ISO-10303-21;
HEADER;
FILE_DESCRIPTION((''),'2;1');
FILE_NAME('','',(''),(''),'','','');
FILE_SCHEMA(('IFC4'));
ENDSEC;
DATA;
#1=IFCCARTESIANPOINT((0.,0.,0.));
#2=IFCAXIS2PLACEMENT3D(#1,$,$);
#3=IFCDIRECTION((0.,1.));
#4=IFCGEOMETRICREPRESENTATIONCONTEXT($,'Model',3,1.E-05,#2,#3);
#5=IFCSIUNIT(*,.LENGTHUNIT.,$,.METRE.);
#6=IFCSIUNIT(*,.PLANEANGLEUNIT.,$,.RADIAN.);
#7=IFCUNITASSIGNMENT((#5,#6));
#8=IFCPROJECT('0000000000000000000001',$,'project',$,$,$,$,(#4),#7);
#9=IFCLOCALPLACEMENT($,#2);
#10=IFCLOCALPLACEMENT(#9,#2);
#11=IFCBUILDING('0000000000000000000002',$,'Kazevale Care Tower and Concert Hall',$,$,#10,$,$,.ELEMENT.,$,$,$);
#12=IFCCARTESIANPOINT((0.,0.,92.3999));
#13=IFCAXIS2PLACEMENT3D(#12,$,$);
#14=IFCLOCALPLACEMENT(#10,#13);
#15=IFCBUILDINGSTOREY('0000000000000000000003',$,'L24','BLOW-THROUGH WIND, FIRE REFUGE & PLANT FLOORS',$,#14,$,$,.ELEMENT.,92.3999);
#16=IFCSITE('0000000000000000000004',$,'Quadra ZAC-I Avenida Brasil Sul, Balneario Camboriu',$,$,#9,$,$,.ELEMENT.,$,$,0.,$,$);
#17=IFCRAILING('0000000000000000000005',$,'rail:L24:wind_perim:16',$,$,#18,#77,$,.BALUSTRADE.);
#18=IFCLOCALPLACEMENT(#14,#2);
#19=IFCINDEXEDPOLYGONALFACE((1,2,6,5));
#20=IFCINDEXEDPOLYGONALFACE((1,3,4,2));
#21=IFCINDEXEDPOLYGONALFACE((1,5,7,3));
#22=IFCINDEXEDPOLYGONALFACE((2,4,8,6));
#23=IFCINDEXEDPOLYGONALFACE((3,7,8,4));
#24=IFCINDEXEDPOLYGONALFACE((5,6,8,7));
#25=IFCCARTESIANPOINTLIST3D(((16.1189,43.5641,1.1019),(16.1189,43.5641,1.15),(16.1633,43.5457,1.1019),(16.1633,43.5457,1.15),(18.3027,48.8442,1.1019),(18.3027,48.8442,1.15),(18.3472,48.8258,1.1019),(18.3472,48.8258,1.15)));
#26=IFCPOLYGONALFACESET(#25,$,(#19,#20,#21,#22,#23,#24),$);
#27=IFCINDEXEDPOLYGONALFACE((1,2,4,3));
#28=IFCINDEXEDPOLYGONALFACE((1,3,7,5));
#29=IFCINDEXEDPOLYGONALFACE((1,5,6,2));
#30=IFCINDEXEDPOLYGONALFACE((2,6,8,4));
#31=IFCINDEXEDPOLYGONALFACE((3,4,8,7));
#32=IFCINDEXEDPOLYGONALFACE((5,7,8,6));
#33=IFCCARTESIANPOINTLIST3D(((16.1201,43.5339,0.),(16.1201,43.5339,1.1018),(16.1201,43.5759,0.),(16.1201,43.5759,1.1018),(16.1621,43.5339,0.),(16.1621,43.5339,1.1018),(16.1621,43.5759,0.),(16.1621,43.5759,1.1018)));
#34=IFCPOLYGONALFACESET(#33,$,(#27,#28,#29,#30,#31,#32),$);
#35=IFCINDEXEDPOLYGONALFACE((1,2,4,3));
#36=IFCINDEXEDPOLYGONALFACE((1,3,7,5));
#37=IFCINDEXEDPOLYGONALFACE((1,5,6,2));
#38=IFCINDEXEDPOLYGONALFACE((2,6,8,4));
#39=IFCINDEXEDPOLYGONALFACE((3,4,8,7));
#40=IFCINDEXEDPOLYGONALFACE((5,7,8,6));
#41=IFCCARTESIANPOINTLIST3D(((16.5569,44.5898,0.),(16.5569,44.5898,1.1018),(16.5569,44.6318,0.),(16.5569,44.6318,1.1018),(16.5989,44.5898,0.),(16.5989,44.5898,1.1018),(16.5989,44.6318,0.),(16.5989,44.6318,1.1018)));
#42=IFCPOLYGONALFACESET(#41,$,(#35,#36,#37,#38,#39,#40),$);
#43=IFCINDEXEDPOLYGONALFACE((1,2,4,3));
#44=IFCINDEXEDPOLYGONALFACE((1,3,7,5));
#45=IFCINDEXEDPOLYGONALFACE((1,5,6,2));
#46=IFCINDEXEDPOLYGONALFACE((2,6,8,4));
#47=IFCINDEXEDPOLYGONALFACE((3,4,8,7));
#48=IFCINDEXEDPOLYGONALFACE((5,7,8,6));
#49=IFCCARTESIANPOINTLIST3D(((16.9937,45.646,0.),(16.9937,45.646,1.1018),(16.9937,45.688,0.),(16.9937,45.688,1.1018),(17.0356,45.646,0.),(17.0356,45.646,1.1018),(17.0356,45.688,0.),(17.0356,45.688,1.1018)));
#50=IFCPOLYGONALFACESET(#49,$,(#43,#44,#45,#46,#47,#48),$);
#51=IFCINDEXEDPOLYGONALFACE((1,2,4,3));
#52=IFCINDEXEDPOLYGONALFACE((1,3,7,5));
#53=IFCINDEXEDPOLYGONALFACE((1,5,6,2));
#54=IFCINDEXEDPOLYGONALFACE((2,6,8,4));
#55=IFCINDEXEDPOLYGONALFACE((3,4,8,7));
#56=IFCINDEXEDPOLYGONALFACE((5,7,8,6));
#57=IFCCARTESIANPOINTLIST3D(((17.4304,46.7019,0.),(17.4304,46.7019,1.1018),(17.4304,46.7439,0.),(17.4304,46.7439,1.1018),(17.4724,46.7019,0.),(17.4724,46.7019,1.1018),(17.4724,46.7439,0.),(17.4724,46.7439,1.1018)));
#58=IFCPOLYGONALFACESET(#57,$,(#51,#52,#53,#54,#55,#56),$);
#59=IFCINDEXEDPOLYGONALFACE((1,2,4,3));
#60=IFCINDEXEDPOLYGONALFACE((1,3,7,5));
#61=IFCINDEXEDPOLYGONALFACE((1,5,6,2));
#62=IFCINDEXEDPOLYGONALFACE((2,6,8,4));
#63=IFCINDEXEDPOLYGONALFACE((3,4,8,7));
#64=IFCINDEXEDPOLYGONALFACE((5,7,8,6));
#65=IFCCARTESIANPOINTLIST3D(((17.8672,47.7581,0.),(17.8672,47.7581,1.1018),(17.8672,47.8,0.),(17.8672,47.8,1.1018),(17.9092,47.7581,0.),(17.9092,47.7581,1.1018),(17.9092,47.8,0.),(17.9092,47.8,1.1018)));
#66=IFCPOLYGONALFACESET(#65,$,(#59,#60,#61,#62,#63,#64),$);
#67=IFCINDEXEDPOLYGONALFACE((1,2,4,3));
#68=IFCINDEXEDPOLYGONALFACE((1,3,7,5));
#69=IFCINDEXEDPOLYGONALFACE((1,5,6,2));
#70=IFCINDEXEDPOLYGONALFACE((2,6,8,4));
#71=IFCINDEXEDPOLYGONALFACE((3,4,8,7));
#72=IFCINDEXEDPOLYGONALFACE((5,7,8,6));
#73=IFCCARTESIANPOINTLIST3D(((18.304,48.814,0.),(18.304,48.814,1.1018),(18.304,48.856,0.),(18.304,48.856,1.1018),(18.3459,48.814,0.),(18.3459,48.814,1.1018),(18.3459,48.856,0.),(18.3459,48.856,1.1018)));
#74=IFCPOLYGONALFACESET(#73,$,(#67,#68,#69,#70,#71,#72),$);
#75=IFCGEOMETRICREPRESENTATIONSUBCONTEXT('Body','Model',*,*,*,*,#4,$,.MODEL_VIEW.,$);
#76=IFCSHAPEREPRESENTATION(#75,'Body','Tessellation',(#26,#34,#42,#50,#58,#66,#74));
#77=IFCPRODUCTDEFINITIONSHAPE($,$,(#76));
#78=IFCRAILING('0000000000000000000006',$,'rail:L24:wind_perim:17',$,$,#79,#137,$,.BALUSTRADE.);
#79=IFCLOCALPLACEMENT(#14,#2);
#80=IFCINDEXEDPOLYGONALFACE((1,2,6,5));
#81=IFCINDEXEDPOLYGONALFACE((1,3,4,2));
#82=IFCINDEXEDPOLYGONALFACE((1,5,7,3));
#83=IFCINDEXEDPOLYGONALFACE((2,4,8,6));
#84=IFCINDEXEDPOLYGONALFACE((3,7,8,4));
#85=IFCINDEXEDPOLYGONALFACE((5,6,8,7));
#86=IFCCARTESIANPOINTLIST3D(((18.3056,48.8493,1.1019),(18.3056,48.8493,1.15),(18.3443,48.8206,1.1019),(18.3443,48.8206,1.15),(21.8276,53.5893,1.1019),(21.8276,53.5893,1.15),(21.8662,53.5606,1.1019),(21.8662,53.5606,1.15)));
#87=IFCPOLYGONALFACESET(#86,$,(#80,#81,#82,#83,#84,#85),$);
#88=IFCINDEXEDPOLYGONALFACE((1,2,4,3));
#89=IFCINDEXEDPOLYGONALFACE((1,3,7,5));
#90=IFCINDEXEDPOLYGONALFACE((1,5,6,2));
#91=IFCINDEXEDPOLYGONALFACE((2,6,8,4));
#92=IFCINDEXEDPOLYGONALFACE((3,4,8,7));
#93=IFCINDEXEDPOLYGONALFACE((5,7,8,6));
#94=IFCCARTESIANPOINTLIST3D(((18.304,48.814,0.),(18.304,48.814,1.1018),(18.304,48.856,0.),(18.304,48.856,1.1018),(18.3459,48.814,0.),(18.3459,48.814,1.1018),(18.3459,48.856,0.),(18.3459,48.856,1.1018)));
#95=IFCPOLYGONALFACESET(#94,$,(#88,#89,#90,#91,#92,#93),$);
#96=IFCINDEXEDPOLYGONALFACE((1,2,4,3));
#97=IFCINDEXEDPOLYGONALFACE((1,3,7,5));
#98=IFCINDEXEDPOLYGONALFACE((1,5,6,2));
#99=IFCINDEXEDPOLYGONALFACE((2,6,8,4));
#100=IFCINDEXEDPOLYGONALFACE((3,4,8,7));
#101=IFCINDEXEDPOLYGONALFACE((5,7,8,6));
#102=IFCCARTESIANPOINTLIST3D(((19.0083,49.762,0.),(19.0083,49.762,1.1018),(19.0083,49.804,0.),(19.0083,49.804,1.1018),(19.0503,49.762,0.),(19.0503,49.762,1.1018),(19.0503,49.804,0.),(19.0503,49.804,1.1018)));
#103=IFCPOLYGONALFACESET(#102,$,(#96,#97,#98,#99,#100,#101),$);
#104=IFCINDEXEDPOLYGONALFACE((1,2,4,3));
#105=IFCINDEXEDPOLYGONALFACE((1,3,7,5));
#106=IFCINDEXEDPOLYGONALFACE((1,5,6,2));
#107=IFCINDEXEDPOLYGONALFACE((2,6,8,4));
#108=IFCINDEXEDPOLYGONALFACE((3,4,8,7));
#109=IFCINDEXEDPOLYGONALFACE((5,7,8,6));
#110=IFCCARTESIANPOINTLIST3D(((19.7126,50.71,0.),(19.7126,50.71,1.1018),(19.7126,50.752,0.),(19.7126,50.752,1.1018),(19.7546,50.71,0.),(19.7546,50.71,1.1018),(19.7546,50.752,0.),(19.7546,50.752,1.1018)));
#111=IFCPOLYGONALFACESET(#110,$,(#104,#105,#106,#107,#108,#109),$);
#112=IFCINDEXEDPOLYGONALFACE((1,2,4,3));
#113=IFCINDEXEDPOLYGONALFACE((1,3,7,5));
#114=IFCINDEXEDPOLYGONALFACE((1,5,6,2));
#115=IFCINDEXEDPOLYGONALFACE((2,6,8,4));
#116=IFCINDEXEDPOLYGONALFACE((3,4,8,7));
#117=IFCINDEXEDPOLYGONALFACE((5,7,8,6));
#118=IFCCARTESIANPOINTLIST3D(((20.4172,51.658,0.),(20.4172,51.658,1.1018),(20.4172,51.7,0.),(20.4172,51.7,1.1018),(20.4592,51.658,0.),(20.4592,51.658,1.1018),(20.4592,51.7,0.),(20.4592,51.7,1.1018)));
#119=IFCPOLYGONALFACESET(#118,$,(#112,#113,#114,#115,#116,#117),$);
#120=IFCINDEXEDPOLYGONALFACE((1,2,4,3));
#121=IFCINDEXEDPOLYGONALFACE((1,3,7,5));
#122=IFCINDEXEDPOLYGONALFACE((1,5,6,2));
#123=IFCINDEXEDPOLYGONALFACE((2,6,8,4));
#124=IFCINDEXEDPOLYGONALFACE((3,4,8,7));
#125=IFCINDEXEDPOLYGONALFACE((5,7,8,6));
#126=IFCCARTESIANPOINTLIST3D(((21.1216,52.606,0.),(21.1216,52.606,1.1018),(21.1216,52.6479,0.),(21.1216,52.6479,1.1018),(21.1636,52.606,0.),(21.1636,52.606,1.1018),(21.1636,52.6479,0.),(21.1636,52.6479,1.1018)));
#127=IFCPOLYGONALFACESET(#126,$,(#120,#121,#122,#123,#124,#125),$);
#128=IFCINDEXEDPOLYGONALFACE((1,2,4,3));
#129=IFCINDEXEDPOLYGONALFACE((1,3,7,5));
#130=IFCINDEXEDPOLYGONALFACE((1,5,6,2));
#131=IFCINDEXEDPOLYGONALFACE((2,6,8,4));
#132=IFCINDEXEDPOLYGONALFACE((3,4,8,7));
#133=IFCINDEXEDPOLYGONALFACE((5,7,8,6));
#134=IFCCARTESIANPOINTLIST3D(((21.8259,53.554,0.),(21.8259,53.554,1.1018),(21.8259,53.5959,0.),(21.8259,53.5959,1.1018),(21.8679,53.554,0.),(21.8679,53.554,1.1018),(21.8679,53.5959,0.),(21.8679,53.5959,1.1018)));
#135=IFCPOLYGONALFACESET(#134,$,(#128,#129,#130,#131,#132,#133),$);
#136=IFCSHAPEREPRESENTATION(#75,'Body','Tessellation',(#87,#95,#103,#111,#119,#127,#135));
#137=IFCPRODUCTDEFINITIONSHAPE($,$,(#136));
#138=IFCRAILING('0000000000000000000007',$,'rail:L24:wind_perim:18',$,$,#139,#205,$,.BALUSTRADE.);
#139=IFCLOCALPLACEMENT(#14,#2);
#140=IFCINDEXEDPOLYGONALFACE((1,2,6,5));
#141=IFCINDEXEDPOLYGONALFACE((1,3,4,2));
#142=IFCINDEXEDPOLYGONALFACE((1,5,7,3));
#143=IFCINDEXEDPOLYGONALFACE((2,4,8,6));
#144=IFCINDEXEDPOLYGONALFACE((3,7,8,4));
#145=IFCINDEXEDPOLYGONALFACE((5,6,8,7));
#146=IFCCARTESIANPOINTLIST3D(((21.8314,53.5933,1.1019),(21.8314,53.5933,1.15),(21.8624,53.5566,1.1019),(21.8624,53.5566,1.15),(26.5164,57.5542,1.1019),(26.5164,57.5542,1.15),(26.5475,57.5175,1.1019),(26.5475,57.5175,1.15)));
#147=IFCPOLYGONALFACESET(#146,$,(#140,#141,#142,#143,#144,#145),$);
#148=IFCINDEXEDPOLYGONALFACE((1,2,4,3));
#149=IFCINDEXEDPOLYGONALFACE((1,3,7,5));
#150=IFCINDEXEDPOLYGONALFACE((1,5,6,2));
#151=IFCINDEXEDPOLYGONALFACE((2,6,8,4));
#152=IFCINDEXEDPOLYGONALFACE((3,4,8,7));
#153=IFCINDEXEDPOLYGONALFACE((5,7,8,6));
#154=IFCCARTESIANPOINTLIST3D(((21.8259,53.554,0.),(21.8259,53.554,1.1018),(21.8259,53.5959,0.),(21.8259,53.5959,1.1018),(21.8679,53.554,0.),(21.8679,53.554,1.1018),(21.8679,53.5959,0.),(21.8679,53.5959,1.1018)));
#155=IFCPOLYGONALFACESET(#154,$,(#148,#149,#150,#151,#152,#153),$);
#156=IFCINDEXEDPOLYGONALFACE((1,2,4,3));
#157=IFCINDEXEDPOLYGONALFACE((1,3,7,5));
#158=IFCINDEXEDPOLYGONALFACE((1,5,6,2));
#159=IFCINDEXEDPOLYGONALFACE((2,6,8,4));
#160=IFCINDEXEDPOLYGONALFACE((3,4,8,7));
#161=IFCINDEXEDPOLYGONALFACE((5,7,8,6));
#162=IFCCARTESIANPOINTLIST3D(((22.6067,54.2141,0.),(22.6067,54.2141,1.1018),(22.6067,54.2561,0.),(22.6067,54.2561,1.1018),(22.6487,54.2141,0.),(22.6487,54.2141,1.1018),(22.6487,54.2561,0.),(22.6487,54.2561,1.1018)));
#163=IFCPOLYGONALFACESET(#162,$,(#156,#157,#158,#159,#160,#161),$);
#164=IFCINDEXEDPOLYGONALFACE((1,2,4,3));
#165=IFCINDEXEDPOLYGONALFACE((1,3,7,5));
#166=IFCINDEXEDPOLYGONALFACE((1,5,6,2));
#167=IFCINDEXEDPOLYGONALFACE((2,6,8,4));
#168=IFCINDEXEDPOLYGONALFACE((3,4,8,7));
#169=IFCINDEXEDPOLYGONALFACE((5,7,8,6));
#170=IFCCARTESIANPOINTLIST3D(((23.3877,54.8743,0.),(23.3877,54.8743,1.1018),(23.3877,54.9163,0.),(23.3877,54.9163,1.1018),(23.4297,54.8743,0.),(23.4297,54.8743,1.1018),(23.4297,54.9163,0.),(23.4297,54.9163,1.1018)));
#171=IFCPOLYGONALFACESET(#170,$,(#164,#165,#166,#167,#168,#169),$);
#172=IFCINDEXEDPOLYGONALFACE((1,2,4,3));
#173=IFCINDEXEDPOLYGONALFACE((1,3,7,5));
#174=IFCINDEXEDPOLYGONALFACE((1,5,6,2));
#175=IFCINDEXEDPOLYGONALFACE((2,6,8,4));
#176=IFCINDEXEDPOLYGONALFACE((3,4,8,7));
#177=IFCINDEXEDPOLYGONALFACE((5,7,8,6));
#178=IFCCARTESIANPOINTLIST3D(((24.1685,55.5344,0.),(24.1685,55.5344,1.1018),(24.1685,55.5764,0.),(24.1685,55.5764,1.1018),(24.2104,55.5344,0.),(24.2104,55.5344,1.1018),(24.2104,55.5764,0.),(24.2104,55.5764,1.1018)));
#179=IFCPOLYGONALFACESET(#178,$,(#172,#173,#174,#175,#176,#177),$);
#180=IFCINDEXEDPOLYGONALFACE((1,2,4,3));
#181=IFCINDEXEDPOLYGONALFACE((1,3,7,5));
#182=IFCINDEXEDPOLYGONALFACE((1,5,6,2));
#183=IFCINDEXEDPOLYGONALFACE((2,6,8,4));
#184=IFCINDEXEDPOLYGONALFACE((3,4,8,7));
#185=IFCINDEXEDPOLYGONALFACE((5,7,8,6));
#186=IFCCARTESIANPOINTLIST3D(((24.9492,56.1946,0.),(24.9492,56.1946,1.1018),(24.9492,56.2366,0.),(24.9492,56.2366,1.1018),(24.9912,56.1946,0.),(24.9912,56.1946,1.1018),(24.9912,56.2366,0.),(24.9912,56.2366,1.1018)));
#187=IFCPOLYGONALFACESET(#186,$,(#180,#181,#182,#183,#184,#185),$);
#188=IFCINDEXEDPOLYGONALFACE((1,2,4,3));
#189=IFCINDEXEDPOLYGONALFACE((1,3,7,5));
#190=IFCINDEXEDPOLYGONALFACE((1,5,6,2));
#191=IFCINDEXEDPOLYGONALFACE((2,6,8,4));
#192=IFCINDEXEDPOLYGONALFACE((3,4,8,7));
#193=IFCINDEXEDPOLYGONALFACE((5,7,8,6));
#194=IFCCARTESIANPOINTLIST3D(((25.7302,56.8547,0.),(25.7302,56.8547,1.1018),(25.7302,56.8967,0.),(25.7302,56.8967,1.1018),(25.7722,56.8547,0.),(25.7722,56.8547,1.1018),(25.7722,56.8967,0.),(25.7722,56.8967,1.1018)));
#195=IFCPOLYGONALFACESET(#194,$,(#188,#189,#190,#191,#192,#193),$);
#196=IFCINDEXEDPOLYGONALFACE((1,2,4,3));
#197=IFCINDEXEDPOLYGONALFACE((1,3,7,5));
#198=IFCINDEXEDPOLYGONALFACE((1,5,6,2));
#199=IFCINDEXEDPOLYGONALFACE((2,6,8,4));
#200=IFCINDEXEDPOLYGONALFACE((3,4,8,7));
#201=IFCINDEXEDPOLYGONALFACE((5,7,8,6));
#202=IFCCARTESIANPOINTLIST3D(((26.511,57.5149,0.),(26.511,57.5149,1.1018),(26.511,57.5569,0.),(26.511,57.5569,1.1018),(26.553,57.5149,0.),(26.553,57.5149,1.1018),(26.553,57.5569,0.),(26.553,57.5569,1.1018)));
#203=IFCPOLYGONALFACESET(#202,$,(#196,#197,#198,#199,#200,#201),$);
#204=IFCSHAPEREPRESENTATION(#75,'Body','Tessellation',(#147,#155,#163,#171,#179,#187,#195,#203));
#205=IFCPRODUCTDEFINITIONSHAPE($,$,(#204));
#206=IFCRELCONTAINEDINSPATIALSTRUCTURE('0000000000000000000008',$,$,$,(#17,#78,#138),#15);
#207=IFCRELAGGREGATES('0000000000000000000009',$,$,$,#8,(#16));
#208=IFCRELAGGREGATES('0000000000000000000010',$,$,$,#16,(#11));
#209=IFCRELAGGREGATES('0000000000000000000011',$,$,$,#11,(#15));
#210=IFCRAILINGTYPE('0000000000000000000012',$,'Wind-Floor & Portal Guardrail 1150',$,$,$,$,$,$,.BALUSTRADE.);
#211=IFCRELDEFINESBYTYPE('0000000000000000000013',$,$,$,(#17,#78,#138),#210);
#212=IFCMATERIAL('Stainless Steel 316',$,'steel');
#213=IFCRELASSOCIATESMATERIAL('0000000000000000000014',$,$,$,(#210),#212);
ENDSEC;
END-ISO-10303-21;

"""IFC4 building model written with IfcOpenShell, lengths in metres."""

from ifc_helpers import new_model, si_unit, direction, frame, origin, origin_2d, place, context, subcontext, project, spatial, rectangle, extrude, material, type_object, element, save


model = new_model("IFC4")

# Units and contexts
model_context = context("Model", 3, precision=1e-05, world=origin(), true_north=direction((0.0, 1.0)))
body_context = subcontext(model_context, "Body", "Model", "MODEL_VIEW")
ifc_project = project(units=[si_unit("LENGTHUNIT", "METRE"), si_unit("PLANEANGLEUNIT", "RADIAN")], contexts=[model_context])

# Site, building, storey
site_placement = place(None, origin())
site = spatial("IfcSite", under=ifc_project, at=site_placement, Name="Quadra ZAC-I Avenida Brasil Sul, Balneario Camboriu", CompositionType="ELEMENT", RefElevation=0.0)
building_placement = place(site_placement, origin())
building = spatial("IfcBuilding", under=site, at=building_placement, Name="Kazevale Care Tower and Concert Hall", CompositionType="ELEMENT")
storey_placement = place(building_placement, frame((0.0, 0.0, 92.3999)))
storey = spatial("IfcBuildingStorey", under=building, at=storey_placement, Name="L24", Description="BLOW-THROUGH WIND, FIRE REFUGE & PLANT FLOORS", CompositionType="ELEMENT", Elevation=92.3999)

# Railings
ifc_material_1 = material(Name="Stainless Steel 316", Category="steel")
railing_type = type_object("IfcRailingType", Name="Wind-Floor & Portal Guardrail 1150", PredefinedType="BALUSTRADE", material=ifc_material_1)
railing_1_placement = place(storey_placement, frame((16.1411, 43.5549, 0.0)))
element("IfcRailing", 1, at=railing_1_placement, inside=storey, type_object=railing_type, Name="rail:L24:wind_perim:16", PredefinedType="BALUSTRADE", context=body_context, shape_type="SweptSolid", body=[
    extrude(rectangle(XDim=0.0481, YDim=0.0481, at=origin_2d()), frame((0.0, 0.0, 1.126), z_axis=(0.382202, 0.924079, 0.0), x_axis=(-0.924079, 0.382202, 0.0)), (0.0, 0.0, 1.0), 5.7139),
    extrude(rectangle(XDim=0.042, YDim=0.042, at=origin_2d()), origin(), (0.0, 0.0, 1.0), 1.1018),
    extrude(rectangle(XDim=0.042, YDim=0.042, at=origin_2d()), frame((0.4368, 1.0559, 0.0)), (0.0, 0.0, 1.0), 1.1018),
    extrude(rectangle(XDim=0.042, YDim=0.042, at=origin_2d()), frame((0.8735, 2.1121, 0.0)), (0.0, 0.0, 1.0), 1.1018),
    extrude(rectangle(XDim=0.042, YDim=0.042, at=origin_2d()), frame((1.3103, 3.168, 0.0)), (0.0, 0.0, 1.0), 1.1018),
    extrude(rectangle(XDim=0.042, YDim=0.042, at=origin_2d()), frame((1.7471, 4.2241, 0.0)), (0.0, 0.0, 1.0), 1.1018),
    extrude(rectangle(XDim=0.042, YDim=0.042, at=origin_2d()), frame((2.1838, 5.28, 0.0)), (0.0, 0.0, 1.0), 1.1018),
])
railing_2_placement = place(storey_placement, frame((18.325, 48.835, 0.0)))
element("IfcRailing", 2, at=railing_2_placement, inside=storey, type_object=railing_type, Name="rail:L24:wind_perim:17", PredefinedType="BALUSTRADE", context=body_context, shape_type="SweptSolid", body=[
    extrude(rectangle(XDim=0.0481, YDim=0.0481, at=origin_2d()), frame((0.0, 0.0, 1.126), z_axis=(0.596415, 0.802676, 0.0), x_axis=(-0.802676, 0.596415, 0.0)), (0.0, 0.0, 1.0), 5.9053),
    extrude(rectangle(XDim=0.042, YDim=0.042, at=origin_2d()), origin(), (0.0, 0.0, 1.0), 1.1018),
    extrude(rectangle(XDim=0.042, YDim=0.042, at=origin_2d()), frame((0.7043, 0.948, 0.0)), (0.0, 0.0, 1.0), 1.1018),
    extrude(rectangle(XDim=0.042, YDim=0.042, at=origin_2d()), frame((1.4087, 1.896, 0.0)), (0.0, 0.0, 1.0), 1.1018),
    extrude(rectangle(XDim=0.042, YDim=0.042, at=origin_2d()), frame((2.1133, 2.844, 0.0)), (0.0, 0.0, 1.0), 1.1018),
    extrude(rectangle(XDim=0.042, YDim=0.042, at=origin_2d()), frame((2.8176, 3.792, 0.0)), (0.0, 0.0, 1.0), 1.1018),
    extrude(rectangle(XDim=0.042, YDim=0.042, at=origin_2d()), frame((3.522, 4.74, 0.0)), (0.0, 0.0, 1.0), 1.1018),
])
railing_3_placement = place(storey_placement, frame((21.8469, 53.575, 0.0)))
element("IfcRailing", 3, at=railing_3_placement, inside=storey, type_object=railing_type, Name="rail:L24:wind_perim:18", PredefinedType="BALUSTRADE", context=body_context, shape_type="SweptSolid", body=[
    extrude(rectangle(XDim=0.0481, YDim=0.0481, at=origin_2d()), frame((0.0, 0.0, 1.126), z_axis=(0.763655, 0.645625, 0.0), x_axis=(-0.645625, 0.763655, 0.0)), (0.0, 0.0, 1.0), 6.135),
    extrude(rectangle(XDim=0.042, YDim=0.042, at=origin_2d()), origin(), (0.0, 0.0, 1.0), 1.1018),
    extrude(rectangle(XDim=0.042, YDim=0.042, at=origin_2d()), frame((0.7808, 0.6602, 0.0)), (0.0, 0.0, 1.0), 1.1018),
    extrude(rectangle(XDim=0.042, YDim=0.042, at=origin_2d()), frame((1.5618, 1.3203, 0.0)), (0.0, 0.0, 1.0), 1.1018),
    extrude(rectangle(XDim=0.042, YDim=0.042, at=origin_2d()), frame((2.3425, 1.9805, 0.0)), (0.0, 0.0, 1.0), 1.1018),
    extrude(rectangle(XDim=0.042, YDim=0.042, at=origin_2d()), frame((3.1233, 2.6406, 0.0)), (0.0, 0.0, 1.0), 1.1018),
    extrude(rectangle(XDim=0.042, YDim=0.042, at=origin_2d()), frame((3.9043, 3.3008, 0.0)), (0.0, 0.0, 1.0), 1.1018),
    extrude(rectangle(XDim=0.042, YDim=0.042, at=origin_2d()), frame((4.6851, 3.9609, 0.0)), (0.0, 0.0, 1.0), 1.1018),
])

save(model, "model.ifc")
